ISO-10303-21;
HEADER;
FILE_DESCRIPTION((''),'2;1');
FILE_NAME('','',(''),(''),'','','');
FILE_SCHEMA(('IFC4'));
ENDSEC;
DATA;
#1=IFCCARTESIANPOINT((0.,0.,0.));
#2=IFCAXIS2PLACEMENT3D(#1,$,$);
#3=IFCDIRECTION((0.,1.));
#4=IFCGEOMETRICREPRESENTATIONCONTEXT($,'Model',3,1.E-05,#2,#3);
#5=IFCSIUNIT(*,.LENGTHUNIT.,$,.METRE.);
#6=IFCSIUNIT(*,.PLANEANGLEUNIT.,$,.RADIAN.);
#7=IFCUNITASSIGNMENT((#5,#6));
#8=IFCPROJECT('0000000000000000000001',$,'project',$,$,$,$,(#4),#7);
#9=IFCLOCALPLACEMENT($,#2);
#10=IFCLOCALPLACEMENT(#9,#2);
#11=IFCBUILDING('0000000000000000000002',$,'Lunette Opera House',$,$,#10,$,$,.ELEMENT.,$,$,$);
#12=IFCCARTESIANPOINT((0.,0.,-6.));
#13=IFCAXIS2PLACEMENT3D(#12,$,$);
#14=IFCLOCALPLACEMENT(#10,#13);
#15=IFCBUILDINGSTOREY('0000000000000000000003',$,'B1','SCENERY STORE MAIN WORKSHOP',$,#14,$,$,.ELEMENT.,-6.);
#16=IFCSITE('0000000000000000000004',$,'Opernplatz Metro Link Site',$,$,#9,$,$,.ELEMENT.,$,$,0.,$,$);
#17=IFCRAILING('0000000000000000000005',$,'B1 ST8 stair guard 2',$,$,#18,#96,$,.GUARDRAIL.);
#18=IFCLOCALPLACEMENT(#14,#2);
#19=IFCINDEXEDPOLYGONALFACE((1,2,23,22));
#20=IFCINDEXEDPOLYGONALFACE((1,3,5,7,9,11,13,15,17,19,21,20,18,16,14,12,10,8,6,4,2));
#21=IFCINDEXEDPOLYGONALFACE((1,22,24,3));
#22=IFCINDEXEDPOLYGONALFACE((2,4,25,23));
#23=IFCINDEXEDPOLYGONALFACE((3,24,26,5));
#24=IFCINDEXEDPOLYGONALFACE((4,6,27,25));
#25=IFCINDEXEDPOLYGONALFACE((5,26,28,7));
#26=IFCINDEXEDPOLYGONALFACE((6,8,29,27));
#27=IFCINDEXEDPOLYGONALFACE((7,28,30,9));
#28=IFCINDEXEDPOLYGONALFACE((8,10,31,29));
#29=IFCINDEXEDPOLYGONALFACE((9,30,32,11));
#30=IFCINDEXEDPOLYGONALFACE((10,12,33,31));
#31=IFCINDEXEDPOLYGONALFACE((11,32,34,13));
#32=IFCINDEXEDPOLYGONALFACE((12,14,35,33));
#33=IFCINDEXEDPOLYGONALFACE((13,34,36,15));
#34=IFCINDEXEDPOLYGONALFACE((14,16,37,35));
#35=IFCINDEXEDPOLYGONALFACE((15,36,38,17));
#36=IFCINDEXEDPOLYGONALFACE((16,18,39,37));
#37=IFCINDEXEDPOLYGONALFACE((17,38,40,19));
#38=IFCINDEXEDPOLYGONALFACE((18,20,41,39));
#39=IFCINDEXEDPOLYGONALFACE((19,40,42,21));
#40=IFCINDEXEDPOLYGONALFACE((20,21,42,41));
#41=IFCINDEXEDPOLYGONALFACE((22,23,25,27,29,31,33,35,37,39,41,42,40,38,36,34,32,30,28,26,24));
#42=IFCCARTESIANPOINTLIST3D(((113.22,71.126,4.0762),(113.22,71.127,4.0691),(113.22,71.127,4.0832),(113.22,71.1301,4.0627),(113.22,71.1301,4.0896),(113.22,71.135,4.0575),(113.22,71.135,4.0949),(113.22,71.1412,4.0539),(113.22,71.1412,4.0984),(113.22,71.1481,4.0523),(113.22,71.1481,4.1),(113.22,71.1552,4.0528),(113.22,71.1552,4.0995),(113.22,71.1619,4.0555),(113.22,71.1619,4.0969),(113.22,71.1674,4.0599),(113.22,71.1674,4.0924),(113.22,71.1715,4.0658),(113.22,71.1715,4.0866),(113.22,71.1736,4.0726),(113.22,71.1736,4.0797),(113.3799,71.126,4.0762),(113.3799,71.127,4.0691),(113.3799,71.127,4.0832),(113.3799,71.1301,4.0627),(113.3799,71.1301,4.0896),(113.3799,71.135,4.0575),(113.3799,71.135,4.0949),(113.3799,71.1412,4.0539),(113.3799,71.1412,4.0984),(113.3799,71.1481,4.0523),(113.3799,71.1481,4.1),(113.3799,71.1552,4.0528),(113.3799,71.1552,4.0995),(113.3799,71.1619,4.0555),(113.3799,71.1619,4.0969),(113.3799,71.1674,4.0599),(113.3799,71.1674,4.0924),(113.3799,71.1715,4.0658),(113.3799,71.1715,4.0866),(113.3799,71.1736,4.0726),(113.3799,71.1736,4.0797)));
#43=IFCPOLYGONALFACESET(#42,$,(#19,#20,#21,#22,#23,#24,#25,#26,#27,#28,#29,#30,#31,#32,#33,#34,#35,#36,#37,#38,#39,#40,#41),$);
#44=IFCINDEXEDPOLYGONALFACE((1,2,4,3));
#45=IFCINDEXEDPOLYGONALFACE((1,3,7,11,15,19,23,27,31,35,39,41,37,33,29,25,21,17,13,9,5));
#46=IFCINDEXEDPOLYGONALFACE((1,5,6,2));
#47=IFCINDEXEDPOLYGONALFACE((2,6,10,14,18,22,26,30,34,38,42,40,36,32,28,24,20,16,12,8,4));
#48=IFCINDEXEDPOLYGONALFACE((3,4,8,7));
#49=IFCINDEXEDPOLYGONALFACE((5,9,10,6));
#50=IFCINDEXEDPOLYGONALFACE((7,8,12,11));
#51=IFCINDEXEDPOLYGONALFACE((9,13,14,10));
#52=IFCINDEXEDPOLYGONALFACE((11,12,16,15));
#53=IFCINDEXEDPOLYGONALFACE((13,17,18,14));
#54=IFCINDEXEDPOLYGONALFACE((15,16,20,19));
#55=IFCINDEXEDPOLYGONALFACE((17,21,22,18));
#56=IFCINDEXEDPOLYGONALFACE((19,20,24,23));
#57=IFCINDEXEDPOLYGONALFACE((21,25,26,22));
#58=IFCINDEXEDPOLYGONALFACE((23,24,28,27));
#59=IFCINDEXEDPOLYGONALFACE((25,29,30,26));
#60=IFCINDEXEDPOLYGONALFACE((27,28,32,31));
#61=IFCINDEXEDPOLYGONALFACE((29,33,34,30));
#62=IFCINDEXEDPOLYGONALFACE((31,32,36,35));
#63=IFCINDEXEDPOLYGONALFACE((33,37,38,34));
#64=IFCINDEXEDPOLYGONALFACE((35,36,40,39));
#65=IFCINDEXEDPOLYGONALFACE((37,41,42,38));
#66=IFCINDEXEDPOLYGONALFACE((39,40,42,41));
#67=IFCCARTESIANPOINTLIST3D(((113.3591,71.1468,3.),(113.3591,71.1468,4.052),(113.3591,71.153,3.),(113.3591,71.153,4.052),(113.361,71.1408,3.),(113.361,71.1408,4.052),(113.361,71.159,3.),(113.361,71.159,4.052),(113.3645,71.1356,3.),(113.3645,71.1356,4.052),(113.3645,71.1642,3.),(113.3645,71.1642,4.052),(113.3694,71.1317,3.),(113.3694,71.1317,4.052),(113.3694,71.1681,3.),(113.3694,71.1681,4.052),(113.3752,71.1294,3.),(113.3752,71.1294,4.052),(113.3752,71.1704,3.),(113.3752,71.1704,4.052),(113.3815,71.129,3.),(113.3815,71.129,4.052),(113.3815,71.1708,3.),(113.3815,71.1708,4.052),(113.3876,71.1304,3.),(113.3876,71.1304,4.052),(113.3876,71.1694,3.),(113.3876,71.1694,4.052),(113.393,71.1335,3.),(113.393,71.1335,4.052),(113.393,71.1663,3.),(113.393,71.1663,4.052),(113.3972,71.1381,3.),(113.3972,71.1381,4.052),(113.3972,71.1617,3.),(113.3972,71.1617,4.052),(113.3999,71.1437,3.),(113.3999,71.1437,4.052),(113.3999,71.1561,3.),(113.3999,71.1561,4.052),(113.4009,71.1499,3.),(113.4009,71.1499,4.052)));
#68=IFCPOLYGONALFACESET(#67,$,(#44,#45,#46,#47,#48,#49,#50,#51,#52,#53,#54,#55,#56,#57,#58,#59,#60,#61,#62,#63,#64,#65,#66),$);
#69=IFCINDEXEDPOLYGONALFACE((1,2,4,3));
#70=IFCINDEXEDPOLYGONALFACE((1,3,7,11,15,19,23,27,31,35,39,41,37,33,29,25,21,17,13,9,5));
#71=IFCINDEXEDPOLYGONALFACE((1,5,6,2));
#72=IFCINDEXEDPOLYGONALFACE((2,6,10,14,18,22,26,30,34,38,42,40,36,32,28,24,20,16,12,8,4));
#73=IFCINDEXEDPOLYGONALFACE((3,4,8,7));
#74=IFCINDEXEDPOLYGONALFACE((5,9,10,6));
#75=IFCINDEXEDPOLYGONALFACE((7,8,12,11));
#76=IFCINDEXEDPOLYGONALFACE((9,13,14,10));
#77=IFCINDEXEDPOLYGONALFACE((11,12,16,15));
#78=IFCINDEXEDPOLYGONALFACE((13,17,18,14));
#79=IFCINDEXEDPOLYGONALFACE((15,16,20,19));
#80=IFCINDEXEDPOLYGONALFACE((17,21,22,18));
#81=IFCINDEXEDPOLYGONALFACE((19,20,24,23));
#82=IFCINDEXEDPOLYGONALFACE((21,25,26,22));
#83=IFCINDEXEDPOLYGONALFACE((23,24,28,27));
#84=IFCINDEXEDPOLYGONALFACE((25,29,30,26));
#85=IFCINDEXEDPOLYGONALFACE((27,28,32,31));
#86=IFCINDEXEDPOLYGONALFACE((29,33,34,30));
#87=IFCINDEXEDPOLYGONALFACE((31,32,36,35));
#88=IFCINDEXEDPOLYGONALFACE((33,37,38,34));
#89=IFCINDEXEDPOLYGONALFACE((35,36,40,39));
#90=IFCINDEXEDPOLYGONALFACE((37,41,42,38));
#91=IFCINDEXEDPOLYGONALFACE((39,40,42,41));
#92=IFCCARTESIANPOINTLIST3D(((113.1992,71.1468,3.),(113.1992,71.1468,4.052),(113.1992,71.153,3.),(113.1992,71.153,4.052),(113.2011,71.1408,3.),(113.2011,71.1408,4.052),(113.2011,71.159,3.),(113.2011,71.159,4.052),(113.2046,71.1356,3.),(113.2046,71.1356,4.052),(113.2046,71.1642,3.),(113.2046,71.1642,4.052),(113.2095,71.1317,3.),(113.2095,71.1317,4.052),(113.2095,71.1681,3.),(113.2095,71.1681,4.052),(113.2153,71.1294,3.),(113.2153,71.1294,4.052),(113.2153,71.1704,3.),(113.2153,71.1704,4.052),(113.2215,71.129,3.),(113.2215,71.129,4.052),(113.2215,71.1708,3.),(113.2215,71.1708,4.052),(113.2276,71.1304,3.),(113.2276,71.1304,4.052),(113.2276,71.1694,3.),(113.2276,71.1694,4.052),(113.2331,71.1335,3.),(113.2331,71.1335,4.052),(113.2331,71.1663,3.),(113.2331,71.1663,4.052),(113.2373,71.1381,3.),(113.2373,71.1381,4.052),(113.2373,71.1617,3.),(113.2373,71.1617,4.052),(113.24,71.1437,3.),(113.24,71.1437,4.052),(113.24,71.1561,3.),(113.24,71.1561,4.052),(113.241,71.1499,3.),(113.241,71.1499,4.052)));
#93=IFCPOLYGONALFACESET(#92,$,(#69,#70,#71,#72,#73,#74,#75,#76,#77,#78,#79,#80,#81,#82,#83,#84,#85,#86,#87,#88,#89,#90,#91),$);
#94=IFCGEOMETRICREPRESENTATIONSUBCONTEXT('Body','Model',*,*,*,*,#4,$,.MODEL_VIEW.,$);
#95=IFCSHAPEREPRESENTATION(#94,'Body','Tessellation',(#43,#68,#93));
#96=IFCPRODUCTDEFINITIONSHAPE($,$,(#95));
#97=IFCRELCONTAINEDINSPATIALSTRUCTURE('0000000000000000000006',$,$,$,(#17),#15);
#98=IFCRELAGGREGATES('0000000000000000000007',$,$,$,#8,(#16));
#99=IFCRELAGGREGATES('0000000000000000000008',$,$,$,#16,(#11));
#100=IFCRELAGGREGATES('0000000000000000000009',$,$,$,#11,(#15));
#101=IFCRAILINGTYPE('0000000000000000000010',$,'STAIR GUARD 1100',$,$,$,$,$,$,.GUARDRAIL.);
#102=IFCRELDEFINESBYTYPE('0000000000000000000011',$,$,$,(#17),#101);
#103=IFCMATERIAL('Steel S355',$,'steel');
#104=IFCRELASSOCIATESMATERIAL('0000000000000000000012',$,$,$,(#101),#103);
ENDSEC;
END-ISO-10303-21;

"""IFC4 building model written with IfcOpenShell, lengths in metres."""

from ifc_helpers import new_model, si_unit, direction, frame, origin, origin_2d, place, context, subcontext, project, spatial, circle, extrude, material, type_object, element, save


model = new_model("IFC4")

# Units and contexts
model_context = context("Model", 3, precision=1e-05, world=origin(), true_north=direction((0.0, 1.0)))
body_context = subcontext(model_context, "Body", "Model", "MODEL_VIEW")
ifc_project = project(units=[si_unit("LENGTHUNIT", "METRE"), si_unit("PLANEANGLEUNIT", "RADIAN")], contexts=[model_context])

# Site, building, storey
site_placement = place(None, origin())
site = spatial("IfcSite", under=ifc_project, at=site_placement, Name="Opernplatz Metro Link Site", CompositionType="ELEMENT", RefElevation=0.0)
building_placement = place(site_placement, origin())
building = spatial("IfcBuilding", under=site, at=building_placement, Name="Lunette Opera House", CompositionType="ELEMENT")
storey_placement = place(building_placement, frame((0.0, 0.0, -6.0)))
storey = spatial("IfcBuildingStorey", under=building, at=storey_placement, Name="B1", Description="SCENERY STORE MAIN WORKSHOP", CompositionType="ELEMENT", Elevation=-6.0)

# Railing
ifc_material_1 = material(Name="Steel S355", Category="steel")
railing_type_1 = type_object("IfcRailingType", Name="STAIR GUARD 1100", PredefinedType="GUARDRAIL", material=ifc_material_1)
railing_1_placement = place(storey_placement, frame((113.3799, 71.1499, 3.0)))
element("IfcRailing", 1, at=railing_1_placement, inside=storey, type_object=railing_type_1, Name="B1 ST8 stair guard 2", PredefinedType="GUARDRAIL", context=body_context, shape_type="SweptSolid", body=[
    extrude(circle(Radius=0.0239, at=origin_2d()), frame((0.0, 0.0, 1.0762), z_axis=(-1.0, 0.0, 0.0), x_axis=(0.0, -1.0, 0.0)), (0.0, 0.0, 1.0), 0.1599),
    extrude(circle(Radius=0.021, at=origin_2d()), origin(), (0.0, 0.0, 1.0), 1.052),
    extrude(circle(Radius=0.021, at=origin_2d()), frame((-0.1599, 0.0, 0.0)), (0.0, 0.0, 1.0), 1.052),
])

save(model, "model.ifc")
